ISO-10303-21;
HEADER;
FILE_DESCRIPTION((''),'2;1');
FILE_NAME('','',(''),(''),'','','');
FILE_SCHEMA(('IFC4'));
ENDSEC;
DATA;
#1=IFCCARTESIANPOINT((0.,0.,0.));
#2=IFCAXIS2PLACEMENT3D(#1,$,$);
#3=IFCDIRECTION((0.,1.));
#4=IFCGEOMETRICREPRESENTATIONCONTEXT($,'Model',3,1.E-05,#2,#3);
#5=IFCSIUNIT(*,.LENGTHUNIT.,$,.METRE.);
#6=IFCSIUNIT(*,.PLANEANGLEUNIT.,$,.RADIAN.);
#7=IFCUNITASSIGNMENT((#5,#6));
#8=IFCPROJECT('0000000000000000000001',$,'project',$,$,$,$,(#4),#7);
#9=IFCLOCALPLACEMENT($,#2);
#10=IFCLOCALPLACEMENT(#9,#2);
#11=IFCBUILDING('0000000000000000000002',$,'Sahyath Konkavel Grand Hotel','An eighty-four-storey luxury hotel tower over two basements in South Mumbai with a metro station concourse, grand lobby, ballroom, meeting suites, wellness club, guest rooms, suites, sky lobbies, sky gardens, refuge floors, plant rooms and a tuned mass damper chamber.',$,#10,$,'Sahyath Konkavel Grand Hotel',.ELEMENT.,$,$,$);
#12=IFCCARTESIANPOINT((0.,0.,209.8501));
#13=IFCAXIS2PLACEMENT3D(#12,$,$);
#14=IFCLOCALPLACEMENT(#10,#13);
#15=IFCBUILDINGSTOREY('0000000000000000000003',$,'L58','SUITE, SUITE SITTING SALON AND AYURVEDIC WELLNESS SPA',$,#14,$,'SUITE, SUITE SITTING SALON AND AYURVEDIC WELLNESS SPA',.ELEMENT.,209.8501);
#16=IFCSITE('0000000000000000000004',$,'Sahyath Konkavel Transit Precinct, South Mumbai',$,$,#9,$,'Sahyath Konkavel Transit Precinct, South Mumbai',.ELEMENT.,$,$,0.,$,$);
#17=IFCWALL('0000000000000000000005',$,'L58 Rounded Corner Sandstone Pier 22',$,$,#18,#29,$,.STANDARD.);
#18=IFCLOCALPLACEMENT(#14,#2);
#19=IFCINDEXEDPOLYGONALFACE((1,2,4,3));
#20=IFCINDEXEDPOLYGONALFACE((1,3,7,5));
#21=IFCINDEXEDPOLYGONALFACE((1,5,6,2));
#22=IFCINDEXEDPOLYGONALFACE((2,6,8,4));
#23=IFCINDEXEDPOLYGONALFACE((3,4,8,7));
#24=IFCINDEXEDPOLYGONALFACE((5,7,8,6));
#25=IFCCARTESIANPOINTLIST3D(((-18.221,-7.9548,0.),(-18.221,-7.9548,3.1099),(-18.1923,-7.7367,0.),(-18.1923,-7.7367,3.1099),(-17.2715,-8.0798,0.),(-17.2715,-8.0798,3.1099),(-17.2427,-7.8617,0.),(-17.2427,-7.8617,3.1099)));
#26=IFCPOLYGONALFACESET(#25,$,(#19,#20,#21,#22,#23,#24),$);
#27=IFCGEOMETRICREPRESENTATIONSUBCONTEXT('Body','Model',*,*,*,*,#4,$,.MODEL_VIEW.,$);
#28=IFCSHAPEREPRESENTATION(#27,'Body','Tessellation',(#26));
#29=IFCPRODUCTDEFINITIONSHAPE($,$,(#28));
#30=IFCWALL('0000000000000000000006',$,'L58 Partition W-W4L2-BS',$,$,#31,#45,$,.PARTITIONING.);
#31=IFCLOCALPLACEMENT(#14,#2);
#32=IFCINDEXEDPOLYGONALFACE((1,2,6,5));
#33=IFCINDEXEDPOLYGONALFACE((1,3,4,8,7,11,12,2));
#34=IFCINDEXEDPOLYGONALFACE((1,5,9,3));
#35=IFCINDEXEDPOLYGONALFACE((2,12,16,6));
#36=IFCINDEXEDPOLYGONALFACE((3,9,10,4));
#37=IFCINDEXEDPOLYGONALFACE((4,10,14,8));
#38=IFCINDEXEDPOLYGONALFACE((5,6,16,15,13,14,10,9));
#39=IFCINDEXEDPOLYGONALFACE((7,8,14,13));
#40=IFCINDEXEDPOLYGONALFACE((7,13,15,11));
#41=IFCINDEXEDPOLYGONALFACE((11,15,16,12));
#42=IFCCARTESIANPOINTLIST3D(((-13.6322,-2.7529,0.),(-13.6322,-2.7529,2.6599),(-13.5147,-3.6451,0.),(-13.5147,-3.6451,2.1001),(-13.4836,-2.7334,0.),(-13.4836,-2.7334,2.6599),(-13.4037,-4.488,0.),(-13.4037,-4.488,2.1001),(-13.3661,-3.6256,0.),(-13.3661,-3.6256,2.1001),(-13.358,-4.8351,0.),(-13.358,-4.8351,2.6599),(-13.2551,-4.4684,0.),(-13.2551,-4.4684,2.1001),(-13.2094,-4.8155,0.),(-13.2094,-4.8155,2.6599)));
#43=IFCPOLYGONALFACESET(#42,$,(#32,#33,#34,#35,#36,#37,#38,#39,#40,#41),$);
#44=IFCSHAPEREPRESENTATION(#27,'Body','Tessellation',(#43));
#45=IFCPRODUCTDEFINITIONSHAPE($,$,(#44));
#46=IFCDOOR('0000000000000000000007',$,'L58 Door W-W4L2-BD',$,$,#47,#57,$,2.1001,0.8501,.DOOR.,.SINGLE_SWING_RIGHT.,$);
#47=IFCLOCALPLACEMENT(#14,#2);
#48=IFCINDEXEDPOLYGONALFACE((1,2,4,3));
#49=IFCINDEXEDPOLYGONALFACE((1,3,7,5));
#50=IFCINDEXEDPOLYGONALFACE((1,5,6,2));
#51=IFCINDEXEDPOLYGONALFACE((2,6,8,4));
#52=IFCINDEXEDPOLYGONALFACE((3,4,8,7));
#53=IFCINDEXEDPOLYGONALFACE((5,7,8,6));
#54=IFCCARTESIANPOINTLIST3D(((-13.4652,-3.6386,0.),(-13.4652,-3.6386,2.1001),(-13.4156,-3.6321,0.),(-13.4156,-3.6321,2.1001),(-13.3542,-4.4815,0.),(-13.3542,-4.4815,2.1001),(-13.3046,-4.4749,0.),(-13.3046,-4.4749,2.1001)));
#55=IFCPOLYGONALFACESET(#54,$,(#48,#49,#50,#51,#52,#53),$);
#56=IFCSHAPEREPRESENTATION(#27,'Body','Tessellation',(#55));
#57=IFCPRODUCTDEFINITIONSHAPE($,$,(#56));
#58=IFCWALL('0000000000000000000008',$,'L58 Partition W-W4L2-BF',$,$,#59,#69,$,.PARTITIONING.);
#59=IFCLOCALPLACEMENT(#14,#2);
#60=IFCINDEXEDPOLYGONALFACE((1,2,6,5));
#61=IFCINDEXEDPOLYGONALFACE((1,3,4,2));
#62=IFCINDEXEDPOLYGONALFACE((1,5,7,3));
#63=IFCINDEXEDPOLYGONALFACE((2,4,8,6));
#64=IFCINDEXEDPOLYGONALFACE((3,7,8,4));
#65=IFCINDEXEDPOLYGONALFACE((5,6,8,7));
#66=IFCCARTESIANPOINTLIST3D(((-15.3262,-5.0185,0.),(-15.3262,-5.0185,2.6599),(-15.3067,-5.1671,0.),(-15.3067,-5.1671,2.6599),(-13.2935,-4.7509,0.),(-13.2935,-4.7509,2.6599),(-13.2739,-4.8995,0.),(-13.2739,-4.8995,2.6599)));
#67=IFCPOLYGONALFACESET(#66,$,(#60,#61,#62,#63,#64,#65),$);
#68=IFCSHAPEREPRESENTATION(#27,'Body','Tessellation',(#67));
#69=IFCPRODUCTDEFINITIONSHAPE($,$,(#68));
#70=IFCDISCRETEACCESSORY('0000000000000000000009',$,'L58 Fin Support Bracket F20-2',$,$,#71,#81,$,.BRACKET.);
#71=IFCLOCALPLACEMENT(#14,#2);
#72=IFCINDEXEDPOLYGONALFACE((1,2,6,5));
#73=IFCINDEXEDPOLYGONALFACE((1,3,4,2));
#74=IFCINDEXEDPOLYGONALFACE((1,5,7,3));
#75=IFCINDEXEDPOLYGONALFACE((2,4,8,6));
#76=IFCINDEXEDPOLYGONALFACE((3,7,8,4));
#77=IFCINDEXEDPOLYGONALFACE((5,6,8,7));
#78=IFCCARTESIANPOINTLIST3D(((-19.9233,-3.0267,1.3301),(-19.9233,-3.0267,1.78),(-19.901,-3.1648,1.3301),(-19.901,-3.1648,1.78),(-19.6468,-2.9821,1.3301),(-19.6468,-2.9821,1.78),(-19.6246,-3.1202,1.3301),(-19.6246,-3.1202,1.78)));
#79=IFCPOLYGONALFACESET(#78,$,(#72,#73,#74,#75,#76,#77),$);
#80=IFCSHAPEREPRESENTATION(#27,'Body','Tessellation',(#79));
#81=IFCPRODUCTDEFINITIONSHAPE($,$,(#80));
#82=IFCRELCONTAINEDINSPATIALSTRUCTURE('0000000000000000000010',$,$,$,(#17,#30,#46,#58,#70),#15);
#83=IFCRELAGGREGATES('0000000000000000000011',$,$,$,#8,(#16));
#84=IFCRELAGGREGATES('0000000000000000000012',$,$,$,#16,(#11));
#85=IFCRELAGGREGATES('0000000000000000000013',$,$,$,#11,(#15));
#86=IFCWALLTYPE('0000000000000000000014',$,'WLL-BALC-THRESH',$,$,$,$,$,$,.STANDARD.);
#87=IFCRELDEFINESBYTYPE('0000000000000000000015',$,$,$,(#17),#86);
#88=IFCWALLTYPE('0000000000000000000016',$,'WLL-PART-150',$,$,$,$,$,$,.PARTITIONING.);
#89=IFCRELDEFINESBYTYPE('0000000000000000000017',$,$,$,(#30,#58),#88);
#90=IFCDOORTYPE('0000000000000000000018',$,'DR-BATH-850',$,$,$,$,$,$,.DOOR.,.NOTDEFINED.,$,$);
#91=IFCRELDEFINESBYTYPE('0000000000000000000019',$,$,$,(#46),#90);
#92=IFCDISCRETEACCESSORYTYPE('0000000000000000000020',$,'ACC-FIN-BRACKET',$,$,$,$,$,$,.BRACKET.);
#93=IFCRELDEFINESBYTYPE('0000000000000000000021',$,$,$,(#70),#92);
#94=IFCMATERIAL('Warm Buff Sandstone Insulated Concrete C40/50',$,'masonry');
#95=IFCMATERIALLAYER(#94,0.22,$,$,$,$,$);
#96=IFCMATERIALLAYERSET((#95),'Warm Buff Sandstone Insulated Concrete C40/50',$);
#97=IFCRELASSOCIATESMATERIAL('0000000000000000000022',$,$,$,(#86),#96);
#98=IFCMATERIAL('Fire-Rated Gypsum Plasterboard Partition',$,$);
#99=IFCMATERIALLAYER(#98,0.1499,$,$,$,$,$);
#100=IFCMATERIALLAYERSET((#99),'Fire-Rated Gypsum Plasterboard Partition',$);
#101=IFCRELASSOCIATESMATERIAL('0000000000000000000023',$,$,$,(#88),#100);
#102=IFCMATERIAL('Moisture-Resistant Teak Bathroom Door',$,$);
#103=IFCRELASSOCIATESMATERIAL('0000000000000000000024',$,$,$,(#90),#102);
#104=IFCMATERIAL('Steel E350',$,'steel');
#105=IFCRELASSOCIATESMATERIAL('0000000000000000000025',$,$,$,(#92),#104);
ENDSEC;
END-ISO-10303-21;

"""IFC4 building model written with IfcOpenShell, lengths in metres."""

from ifc_helpers import new_model, si_unit, direction, frame, frame_2d, origin, origin_2d, place, context, subcontext, project, spatial, rectangle, extrude, source, transform, mapped, material, layer, layer_set, type_object, element, fill, save


model = new_model("IFC4")

# Units and contexts
model_context = context("Model", 3, precision=1e-05, world=origin(), true_north=direction((0.0, 1.0)))
body_context = subcontext(model_context, "Body", "Model", "MODEL_VIEW")
ifc_project = project(units=[si_unit("LENGTHUNIT", "METRE"), si_unit("PLANEANGLEUNIT", "RADIAN")], contexts=[model_context])

# Site, building, storey
site_placement = place(None, origin())
site = spatial("IfcSite", under=ifc_project, at=site_placement, Name="Sahyath Konkavel Transit Precinct, South Mumbai", LongName="Sahyath Konkavel Transit Precinct, South Mumbai", CompositionType="ELEMENT", RefElevation=0.0)
building_placement = place(site_placement, origin())
building = spatial("IfcBuilding", under=site, at=building_placement, Name="Sahyath Konkavel Grand Hotel", Description="An eighty-four-storey luxury hotel tower over two basements in South Mumbai with a metro station concourse, grand lobby, ballroom, meeting suites, wellness club, guest rooms, suites, sky lobbies, sky gardens, refuge floors, plant rooms and a tuned mass damper chamber.", LongName="Sahyath Konkavel Grand Hotel", CompositionType="ELEMENT")
storey_placement = place(building_placement, frame((0.0, 0.0, 209.8501)))
storey = spatial("IfcBuildingStorey", under=building, at=storey_placement, Name="L58", Description="SUITE, SUITE SITTING SALON AND AYURVEDIC WELLNESS SPA", LongName="SUITE, SUITE SITTING SALON AND AYURVEDIC WELLNESS SPA", CompositionType="ELEMENT", Elevation=209.8501)

# Shared definitions
ifc_material_1 = material(Name="Steel E350", Category="steel")

# Wall
ifc_material_2 = material(Name="Warm Buff Sandstone Insulated Concrete C40/50", Category="masonry")
ifc_layer_1 = layer(ifc_material_2, 0.22)
ifc_layer_set_1 = layer_set([ifc_layer_1], Name="Warm Buff Sandstone Insulated Concrete C40/50")
wall_type_1 = type_object("IfcWallType", Name="WLL-BALC-THRESH", PredefinedType="STANDARD", material=ifc_layer_set_1)
wall_1_placement = place(storey_placement, frame((-18.2068, -7.8457, 0.0), z_axis=(0.0, 0.0, 1.0), x_axis=(0.991445, -0.130527, 0.0)))
element("IfcWall", 1, at=wall_1_placement, inside=storey, type_object=wall_type_1, Name="L58 Rounded Corner Sandstone Pier 22", PredefinedType="STANDARD", context=body_context, shape_type="SweptSolid", body=[
    extrude(rectangle(XDim=0.9578, YDim=0.22, at=frame_2d((0.479, 0.0))), origin(), (0.0, 0.0, 1.0), 3.1099),
])

# Wall, opening, door
ifc_material_3 = material(Name="Fire-Rated Gypsum Plasterboard Partition")
ifc_layer_2 = layer(ifc_material_3, 0.1499)
ifc_layer_set_2 = layer_set([ifc_layer_2], Name="Fire-Rated Gypsum Plasterboard Partition")
wall_type_2 = type_object("IfcWallType", Name="WLL-PART-150", PredefinedType="PARTITIONING", material=ifc_layer_set_2)
wall_2_placement = place(storey_placement, frame((-13.5579, -2.7432, 0.0), z_axis=(0.0, 0.0, 1.0), x_axis=(0.130557, -0.991441, 0.0)))
wall_2 = element("IfcWall", 2, at=wall_2_placement, inside=storey, type_object=wall_type_2, Name="L58 Partition W-W4L2-BS", PredefinedType="PARTITIONING", context=body_context, shape_type="SweptSolid", body=[
    extrude(rectangle(XDim=2.1001, YDim=0.1499, at=frame_2d((1.05, 0.0))), origin(), (0.0, 0.0, 1.0), 2.6599),
])
opening_placement = place(wall_2_placement, frame((0.8999, 0.0, 0.0)))
opening = element("IfcOpeningElement", 3, at=opening_placement, cuts=wall_2, PredefinedType="OPENING", context=body_context, shape_type="SweptSolid", body=[
    extrude(rectangle(XDim=0.8501, YDim=2.1001, at=frame_2d((0.425, 1.05))), frame((0.0, 0.085, 0.0), z_axis=(0.0, -1.0, 0.0), x_axis=(1.0, 0.0, 0.0)), (0.0, 0.0, 1.0), 0.1699),
])
ifc_material_4 = material(Name="Moisture-Resistant Teak Bathroom Door")
door_type = type_object("IfcDoorType", Name="DR-BATH-850", OperationType="NOTDEFINED", PredefinedType="DOOR", material=ifc_material_4)
shared_shape_1 = source(origin(), body_context, "Body", "SweptSolid", [
    extrude(rectangle(XDim=0.8501, YDim=0.05, at=origin_2d()), origin(), (0.0, 0.0, 1.0), 2.1001),
])
door_placement = place(opening_placement, frame((0.425, 0.0, 0.0)))
door = element("IfcDoor", 4, at=door_placement, inside=storey, type_object=door_type, Name="L58 Door W-W4L2-BD", OperationType="SINGLE_SWING_RIGHT", OverallHeight=2.1001, OverallWidth=0.8501, PredefinedType="DOOR", context=body_context, shape_type="MappedRepresentation", body=[
    mapped(shared_shape_1, transform((0.0, 0.0, 0.0), scale=1.0)),
])
fill(opening, door)

# Wall
wall_3_placement = place(storey_placement, frame((-13.2837, -4.8252, 0.0), z_axis=(0.0, 0.0, 1.0), x_axis=(-0.991447, -0.13051, 0.0)))
element("IfcWall", 5, at=wall_3_placement, inside=storey, type_object=wall_type_2, Name="L58 Partition W-W4L2-BF", PredefinedType="PARTITIONING", context=body_context, shape_type="SweptSolid", body=[
    extrude(rectangle(XDim=2.0503, YDim=0.1499, at=frame_2d((1.0251, 0.0))), origin(), (0.0, 0.0, 1.0), 2.6599),
])

# Discrete accessory
discrete_accessory_type = type_object("IfcDiscreteAccessoryType", Name="ACC-FIN-BRACKET", PredefinedType="BRACKET", material=ifc_material_1)
shared_shape_2 = source(origin(), body_context, "Body", "SweptSolid", [
    extrude(rectangle(XDim=0.28, YDim=0.1399, at=origin_2d()), origin(), (0.0, 0.0, 1.0), 0.45),
])
discrete_accessory_placement = place(storey_placement, frame((-19.7739, -3.0735, 1.3301), z_axis=(0.0, 0.0, 1.0), x_axis=(-0.987231, -0.159295, 0.0)))
element("IfcDiscreteAccessory", 6, at=discrete_accessory_placement, inside=storey, type_object=discrete_accessory_type, Name="L58 Fin Support Bracket F20-2", PredefinedType="BRACKET", context=body_context, shape_type="MappedRepresentation", body=[
    mapped(shared_shape_2, transform((0.0, 0.0, 0.0), scale=1.0)),
])

save(model, "model.ifc")
